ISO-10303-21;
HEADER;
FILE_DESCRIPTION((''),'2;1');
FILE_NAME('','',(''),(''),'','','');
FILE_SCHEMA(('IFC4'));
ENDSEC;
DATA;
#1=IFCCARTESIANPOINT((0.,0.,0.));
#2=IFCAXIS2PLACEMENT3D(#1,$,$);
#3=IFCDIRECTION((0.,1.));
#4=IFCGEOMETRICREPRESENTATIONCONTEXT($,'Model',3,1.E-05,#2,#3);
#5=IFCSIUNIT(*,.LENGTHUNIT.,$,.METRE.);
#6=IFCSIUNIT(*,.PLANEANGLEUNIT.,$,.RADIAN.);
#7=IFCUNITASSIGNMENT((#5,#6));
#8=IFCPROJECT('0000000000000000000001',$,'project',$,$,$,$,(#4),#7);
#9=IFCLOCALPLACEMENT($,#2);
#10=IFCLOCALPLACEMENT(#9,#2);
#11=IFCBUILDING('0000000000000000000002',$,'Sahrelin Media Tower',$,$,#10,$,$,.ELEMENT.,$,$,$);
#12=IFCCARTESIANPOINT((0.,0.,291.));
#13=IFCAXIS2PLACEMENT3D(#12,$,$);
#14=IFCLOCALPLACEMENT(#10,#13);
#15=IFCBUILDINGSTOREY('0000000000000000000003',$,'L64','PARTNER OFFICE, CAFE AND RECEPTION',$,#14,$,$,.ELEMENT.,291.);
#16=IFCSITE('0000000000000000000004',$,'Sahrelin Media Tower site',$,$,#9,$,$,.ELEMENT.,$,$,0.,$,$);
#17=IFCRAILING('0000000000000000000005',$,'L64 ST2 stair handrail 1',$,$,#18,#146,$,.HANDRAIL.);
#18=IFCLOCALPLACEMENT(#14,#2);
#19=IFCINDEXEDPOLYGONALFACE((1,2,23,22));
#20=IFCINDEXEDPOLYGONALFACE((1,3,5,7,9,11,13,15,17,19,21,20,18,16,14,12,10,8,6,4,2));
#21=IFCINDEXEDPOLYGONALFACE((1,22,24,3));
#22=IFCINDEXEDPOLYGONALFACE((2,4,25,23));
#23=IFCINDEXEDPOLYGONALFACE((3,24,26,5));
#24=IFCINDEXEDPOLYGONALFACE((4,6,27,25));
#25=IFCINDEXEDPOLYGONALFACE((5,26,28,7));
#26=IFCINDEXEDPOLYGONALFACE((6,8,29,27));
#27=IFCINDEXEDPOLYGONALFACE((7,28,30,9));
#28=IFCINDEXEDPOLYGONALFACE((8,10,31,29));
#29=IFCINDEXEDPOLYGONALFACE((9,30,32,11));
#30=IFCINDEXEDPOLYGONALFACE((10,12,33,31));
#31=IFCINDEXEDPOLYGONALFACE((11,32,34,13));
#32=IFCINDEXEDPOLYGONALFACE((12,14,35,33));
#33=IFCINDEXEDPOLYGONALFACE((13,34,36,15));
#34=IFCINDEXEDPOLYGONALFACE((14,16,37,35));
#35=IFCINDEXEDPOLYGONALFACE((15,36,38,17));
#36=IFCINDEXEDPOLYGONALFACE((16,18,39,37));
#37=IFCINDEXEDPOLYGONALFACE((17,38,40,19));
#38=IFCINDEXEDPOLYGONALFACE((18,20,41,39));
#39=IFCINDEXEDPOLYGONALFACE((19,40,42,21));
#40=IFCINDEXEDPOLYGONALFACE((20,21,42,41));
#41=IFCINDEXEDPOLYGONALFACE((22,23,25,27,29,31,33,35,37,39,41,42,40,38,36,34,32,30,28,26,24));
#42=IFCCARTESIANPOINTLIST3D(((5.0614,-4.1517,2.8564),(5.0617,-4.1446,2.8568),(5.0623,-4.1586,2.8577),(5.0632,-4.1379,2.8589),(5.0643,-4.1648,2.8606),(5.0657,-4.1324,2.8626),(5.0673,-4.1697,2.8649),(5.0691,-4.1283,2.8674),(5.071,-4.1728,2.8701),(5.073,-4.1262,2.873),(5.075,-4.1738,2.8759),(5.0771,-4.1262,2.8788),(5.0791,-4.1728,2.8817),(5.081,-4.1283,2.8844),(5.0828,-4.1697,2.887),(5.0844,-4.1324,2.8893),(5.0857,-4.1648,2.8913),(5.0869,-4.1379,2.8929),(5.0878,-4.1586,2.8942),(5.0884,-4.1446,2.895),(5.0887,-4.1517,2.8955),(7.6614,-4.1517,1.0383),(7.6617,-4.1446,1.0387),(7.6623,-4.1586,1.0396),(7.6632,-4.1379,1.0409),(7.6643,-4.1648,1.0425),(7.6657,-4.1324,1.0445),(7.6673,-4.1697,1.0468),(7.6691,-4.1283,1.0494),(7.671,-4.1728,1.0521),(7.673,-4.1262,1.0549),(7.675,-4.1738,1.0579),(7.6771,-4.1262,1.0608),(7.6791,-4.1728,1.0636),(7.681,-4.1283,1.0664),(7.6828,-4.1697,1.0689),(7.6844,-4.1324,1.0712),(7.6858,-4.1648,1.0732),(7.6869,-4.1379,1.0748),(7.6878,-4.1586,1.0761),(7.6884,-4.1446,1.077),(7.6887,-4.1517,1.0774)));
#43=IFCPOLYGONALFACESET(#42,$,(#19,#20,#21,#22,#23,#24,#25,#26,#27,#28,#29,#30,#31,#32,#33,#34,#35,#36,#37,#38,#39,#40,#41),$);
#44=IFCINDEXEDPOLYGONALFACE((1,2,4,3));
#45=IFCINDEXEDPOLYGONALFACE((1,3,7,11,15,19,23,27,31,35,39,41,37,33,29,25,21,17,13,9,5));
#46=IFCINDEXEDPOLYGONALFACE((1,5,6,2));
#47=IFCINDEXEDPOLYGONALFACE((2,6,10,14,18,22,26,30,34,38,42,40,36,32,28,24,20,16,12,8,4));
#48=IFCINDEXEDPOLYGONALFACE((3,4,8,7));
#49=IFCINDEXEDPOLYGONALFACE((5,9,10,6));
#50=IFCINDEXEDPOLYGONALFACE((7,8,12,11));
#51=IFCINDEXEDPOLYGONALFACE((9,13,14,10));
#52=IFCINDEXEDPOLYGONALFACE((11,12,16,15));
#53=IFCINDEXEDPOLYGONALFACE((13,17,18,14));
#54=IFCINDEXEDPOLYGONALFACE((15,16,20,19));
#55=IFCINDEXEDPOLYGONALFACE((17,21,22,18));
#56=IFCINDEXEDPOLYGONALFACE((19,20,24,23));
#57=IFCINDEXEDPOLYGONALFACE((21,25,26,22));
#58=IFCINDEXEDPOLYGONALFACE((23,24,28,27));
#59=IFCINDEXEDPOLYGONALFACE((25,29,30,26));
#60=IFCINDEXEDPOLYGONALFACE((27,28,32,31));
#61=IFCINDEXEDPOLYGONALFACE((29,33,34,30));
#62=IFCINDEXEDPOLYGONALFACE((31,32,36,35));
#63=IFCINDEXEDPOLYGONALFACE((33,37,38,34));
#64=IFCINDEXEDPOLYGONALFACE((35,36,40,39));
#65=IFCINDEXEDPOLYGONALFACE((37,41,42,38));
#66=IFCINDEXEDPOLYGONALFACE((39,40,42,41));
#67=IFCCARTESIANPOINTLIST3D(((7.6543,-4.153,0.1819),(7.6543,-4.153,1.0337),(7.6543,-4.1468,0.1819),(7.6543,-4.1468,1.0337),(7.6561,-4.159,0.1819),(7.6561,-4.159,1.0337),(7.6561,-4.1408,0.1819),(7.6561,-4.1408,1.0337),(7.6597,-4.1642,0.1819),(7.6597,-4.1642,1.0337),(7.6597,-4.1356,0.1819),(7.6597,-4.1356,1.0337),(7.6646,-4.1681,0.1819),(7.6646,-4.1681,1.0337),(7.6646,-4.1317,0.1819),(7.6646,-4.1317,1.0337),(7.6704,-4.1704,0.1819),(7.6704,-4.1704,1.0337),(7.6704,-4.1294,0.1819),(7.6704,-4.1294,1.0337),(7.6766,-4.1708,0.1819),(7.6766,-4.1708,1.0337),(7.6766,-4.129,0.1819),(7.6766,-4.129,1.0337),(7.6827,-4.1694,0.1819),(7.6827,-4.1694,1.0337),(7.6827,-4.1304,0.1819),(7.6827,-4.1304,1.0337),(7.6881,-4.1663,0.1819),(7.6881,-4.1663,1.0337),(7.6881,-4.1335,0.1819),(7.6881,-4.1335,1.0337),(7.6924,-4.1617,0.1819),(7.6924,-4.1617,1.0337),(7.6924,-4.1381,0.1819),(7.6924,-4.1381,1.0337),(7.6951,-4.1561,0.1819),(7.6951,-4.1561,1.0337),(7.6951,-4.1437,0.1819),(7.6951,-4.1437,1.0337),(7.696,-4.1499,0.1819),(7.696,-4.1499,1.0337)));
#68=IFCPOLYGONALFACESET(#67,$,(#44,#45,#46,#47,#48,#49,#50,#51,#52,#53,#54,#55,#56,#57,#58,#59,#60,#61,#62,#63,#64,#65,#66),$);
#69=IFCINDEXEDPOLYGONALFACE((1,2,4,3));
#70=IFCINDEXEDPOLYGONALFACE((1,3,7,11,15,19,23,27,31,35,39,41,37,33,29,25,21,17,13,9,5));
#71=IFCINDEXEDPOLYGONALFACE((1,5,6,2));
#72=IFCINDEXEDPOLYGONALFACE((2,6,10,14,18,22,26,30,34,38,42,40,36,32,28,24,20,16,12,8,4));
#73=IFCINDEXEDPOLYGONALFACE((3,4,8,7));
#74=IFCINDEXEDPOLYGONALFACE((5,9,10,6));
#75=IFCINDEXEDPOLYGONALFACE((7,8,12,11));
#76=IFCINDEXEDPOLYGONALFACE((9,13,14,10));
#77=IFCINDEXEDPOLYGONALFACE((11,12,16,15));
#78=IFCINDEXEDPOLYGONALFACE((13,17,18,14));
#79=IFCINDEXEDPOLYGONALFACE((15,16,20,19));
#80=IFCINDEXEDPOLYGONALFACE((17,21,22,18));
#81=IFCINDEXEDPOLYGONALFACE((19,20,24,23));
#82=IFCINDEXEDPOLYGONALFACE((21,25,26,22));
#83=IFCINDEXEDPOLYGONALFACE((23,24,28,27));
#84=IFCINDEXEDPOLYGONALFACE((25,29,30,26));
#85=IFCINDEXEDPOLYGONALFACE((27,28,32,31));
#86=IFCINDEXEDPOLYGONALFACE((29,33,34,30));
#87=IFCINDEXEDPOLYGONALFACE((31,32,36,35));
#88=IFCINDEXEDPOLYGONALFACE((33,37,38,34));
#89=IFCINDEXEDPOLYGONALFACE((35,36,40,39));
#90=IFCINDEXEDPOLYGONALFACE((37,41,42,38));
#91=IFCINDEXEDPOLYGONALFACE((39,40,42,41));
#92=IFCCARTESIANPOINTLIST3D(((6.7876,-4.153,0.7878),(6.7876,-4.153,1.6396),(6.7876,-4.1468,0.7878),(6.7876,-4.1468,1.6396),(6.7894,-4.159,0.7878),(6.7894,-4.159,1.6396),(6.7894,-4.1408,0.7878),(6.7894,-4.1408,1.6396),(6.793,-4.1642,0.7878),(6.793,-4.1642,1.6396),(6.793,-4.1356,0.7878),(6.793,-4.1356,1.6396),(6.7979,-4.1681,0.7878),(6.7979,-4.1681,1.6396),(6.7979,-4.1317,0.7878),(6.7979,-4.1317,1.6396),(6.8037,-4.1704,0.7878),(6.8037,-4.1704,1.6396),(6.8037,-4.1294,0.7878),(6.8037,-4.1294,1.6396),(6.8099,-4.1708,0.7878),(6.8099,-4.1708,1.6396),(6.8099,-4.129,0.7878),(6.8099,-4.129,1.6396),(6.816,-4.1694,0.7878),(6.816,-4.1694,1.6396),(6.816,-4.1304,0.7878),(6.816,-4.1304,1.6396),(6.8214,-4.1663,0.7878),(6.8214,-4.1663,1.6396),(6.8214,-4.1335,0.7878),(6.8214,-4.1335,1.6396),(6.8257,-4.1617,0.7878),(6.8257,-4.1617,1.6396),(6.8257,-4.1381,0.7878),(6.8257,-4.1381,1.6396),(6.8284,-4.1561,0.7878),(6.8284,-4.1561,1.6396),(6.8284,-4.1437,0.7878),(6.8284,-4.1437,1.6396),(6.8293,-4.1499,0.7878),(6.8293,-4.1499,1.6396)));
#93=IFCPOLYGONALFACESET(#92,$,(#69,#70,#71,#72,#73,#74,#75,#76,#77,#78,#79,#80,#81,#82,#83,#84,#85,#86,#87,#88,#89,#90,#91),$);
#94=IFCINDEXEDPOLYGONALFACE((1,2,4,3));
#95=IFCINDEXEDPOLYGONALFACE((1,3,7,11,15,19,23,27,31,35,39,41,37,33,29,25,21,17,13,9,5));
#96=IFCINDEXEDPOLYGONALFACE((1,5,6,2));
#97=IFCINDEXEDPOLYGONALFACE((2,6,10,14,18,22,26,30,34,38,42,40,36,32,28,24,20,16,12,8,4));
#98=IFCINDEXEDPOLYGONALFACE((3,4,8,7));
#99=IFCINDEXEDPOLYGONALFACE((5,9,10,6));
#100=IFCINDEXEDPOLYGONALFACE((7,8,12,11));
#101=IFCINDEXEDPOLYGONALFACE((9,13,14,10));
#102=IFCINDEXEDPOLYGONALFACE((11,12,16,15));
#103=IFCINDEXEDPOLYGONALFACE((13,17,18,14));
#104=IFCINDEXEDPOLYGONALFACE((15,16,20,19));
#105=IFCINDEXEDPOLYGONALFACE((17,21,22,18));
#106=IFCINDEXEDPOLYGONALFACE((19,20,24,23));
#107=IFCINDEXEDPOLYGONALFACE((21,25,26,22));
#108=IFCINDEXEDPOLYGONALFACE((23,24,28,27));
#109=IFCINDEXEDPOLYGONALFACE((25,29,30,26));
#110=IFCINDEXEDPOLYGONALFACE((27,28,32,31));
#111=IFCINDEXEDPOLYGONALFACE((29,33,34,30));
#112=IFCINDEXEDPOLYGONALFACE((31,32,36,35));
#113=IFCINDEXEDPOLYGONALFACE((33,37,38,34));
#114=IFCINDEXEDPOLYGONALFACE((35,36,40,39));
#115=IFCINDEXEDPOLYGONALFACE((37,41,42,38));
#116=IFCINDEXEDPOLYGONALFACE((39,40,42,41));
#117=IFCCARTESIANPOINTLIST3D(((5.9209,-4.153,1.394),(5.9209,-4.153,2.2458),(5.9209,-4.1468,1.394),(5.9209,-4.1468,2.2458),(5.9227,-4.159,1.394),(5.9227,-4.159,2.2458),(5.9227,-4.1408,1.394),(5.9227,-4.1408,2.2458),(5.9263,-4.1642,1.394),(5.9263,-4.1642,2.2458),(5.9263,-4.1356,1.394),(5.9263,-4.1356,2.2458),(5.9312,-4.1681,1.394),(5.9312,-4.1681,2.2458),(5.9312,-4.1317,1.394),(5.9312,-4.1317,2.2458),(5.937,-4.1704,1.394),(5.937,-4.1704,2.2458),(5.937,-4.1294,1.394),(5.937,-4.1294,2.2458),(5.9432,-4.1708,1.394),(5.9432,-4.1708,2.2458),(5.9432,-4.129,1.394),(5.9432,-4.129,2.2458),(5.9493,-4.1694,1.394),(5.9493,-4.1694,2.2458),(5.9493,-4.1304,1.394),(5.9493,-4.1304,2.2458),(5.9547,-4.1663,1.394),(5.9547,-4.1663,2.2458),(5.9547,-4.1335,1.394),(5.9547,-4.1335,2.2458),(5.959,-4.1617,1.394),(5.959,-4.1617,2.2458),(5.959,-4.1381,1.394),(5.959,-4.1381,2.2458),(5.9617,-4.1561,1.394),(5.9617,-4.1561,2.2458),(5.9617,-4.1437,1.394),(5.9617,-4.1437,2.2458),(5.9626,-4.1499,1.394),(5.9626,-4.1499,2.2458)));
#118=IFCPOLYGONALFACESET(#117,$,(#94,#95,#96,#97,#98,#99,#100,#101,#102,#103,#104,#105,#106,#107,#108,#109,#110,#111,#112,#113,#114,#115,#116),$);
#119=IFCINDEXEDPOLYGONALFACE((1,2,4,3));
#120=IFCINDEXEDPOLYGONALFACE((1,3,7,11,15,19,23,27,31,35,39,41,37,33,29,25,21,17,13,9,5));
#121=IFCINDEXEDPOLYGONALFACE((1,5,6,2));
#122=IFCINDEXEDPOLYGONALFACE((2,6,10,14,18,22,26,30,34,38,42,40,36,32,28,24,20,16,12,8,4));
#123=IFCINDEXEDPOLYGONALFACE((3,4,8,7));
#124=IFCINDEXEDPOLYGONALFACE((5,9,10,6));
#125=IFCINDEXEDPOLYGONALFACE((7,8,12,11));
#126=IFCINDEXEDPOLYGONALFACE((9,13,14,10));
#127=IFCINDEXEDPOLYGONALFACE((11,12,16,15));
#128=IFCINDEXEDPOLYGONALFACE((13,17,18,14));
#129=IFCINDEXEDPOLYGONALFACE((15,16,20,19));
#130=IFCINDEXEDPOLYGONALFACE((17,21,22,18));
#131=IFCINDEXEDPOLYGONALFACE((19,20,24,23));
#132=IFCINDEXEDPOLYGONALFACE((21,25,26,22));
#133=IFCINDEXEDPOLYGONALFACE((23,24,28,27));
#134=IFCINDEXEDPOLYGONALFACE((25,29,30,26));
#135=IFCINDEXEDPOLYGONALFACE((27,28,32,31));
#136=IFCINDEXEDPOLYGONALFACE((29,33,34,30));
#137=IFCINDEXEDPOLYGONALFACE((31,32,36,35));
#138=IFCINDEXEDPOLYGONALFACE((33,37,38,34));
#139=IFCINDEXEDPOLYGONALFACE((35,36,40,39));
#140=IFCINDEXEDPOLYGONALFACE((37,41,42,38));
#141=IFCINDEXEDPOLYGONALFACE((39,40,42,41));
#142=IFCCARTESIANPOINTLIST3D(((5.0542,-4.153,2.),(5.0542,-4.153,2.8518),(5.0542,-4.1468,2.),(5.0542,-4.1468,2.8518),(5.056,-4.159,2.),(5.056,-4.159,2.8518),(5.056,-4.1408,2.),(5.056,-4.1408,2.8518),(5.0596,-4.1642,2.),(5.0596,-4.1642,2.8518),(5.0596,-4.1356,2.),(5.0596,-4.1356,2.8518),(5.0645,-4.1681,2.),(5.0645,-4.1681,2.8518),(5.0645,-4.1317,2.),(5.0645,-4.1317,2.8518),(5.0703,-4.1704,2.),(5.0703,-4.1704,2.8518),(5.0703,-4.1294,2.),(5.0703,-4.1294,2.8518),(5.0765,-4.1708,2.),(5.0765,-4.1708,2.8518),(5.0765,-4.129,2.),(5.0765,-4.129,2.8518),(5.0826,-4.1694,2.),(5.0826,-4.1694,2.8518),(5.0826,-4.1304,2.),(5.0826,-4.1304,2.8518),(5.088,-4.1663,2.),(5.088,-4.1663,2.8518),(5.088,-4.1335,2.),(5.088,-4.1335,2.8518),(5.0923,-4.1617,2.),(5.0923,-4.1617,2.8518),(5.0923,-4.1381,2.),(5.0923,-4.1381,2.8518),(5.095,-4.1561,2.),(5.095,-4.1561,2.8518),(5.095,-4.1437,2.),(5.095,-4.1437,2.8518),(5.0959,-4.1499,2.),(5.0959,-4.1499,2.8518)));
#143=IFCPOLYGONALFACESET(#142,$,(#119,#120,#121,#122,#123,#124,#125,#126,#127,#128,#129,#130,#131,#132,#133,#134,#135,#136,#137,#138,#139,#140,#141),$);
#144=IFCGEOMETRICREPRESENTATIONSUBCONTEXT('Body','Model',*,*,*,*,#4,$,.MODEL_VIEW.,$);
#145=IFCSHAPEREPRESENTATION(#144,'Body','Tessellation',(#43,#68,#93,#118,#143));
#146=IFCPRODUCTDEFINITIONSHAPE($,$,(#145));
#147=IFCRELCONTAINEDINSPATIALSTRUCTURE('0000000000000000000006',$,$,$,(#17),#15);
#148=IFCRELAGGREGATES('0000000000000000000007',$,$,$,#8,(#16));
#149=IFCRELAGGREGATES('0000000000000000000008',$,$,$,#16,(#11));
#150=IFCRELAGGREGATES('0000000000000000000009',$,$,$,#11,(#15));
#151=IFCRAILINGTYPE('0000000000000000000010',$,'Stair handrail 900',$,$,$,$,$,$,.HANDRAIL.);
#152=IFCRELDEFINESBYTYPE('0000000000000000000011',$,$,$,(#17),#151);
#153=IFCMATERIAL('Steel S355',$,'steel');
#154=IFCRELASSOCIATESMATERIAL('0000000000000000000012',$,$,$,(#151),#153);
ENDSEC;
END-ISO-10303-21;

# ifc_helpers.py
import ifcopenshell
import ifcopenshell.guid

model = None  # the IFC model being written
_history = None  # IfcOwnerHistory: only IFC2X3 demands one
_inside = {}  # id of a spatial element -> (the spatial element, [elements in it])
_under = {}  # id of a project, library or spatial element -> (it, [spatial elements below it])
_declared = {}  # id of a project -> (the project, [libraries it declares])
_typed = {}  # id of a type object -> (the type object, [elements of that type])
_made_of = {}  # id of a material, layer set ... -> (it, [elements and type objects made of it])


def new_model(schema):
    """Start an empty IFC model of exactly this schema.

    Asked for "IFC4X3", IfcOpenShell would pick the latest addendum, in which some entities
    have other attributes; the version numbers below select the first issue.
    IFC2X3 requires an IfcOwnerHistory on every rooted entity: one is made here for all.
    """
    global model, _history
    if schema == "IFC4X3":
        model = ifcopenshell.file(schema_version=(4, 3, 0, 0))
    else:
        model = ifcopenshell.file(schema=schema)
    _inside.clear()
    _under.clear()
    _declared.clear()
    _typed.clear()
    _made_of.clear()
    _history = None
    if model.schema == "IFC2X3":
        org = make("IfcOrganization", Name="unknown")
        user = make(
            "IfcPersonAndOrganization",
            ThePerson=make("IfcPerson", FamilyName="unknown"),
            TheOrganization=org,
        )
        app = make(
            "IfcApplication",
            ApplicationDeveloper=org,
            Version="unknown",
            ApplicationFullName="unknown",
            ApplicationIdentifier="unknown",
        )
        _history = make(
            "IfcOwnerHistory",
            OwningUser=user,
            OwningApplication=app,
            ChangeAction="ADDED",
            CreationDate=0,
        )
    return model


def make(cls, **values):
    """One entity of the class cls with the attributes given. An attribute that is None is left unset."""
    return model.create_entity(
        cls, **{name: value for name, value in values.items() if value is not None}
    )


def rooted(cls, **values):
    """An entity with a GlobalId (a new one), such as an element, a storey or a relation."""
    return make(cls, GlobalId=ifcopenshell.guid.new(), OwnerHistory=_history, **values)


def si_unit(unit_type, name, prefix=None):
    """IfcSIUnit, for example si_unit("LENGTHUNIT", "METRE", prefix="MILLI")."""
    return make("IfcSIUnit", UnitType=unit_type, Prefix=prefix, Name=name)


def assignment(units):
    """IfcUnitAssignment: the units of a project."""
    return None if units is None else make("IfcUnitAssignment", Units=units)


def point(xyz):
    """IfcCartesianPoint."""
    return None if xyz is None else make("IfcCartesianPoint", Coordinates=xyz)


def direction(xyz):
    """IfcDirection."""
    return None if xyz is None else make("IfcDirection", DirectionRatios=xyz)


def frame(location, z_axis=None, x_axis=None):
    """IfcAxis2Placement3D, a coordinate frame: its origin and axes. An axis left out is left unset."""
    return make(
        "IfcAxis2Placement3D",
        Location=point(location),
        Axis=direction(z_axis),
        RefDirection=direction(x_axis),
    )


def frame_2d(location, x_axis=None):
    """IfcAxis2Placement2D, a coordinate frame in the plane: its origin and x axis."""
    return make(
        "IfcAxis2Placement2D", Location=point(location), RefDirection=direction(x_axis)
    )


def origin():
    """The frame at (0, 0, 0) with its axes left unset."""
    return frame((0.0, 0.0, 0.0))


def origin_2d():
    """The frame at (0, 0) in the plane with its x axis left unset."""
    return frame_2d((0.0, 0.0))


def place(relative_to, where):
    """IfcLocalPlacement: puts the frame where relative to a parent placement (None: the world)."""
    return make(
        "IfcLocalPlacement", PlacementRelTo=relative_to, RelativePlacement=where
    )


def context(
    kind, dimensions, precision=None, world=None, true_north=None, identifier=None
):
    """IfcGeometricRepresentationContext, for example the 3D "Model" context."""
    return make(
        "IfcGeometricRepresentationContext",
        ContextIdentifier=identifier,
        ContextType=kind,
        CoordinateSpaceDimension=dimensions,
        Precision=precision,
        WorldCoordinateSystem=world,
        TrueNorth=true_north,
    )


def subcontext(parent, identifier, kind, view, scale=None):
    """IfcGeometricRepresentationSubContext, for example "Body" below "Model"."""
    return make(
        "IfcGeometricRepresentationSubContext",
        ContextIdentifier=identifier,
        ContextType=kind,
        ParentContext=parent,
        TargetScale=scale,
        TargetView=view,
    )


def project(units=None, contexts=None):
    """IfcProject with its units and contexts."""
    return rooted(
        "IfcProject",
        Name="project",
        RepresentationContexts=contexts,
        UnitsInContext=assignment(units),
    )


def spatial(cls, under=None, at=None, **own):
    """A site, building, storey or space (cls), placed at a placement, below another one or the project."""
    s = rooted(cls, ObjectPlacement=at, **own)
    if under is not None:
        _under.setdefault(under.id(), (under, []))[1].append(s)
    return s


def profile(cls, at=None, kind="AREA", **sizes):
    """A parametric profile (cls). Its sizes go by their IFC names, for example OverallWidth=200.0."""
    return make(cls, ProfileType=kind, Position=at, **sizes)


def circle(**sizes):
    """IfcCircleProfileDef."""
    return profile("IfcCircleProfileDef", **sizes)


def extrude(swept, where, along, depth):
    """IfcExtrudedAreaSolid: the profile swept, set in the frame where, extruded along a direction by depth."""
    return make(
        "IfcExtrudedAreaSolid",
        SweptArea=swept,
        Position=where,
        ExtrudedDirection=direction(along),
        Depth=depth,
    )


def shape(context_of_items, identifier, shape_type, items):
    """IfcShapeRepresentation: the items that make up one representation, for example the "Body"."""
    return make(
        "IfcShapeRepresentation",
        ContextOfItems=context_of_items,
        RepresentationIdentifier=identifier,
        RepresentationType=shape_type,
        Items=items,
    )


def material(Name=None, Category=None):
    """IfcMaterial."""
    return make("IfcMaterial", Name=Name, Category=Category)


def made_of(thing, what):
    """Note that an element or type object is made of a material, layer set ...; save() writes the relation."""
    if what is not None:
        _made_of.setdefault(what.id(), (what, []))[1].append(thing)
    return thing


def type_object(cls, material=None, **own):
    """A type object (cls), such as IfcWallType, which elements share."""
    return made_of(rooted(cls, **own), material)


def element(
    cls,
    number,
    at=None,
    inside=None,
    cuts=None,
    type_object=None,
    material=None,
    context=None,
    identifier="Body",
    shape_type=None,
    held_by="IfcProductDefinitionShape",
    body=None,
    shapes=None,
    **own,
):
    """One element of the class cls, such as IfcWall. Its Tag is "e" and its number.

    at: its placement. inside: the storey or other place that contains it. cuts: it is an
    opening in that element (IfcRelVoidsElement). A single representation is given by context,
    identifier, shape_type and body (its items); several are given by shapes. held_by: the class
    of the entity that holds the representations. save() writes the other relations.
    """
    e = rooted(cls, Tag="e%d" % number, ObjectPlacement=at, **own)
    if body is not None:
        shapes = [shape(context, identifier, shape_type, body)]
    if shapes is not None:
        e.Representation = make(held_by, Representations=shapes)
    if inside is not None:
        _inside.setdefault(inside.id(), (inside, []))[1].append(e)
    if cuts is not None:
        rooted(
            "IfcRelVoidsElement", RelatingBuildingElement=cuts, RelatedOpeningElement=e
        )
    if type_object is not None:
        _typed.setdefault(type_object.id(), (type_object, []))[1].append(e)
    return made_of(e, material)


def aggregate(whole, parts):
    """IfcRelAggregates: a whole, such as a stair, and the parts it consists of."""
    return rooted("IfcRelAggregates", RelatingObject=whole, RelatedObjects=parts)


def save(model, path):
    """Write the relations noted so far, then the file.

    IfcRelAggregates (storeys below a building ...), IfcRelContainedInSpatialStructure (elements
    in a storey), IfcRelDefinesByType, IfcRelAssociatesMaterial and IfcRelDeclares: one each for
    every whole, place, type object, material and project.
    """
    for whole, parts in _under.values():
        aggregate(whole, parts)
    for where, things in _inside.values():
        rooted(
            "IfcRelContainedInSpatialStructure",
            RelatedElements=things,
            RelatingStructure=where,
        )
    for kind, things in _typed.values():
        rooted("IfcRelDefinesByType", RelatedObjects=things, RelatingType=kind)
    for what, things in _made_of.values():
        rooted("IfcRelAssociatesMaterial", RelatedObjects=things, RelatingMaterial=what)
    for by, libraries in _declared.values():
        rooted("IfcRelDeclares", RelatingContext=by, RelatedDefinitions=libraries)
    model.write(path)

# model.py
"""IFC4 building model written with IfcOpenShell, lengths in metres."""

from ifc_helpers import new_model, si_unit, direction, frame, origin, origin_2d, place, context, subcontext, project, spatial, circle, extrude, material, type_object, element, save


model = new_model("IFC4")

# Units and contexts
model_context = context("Model", 3, precision=1e-05, world=origin(), true_north=direction((0.0, 1.0)))
body_context = subcontext(model_context, "Body", "Model", "MODEL_VIEW")
ifc_project = project(units=[si_unit("LENGTHUNIT", "METRE"), si_unit("PLANEANGLEUNIT", "RADIAN")], contexts=[model_context])

# Site, building, storey
site_placement = place(None, origin())
site = spatial("IfcSite", under=ifc_project, at=site_placement, Name="Sahrelin Media Tower site", CompositionType="ELEMENT", RefElevation=0.0)
building_placement = place(site_placement, origin())
building = spatial("IfcBuilding", under=site, at=building_placement, Name="Sahrelin Media Tower", CompositionType="ELEMENT")
storey_placement = place(building_placement, frame((0.0, 0.0, 291.0)))
storey = spatial("IfcBuildingStorey", under=building, at=storey_placement, Name="L64", Description="PARTNER OFFICE, CAFE AND RECEPTION", CompositionType="ELEMENT", Elevation=291.0)

# Railing
ifc_material_1 = material(Name="Steel S355", Category="steel")
railing_type_1 = type_object("IfcRailingType", Name="Stair handrail 900", PredefinedType="HANDRAIL", material=ifc_material_1)
railing_1_placement = place(storey_placement, frame((7.675, -4.1499, 0.1819)))
element("IfcRailing", 1, at=railing_1_placement, inside=storey, type_object=railing_type_1, Name="L64 ST2 stair handrail 1", PredefinedType="HANDRAIL", context=body_context, shape_type="SweptSolid", body=[
    extrude(circle(Radius=0.0239, at=origin_2d()), frame((0.0, 0.0, 0.876), z_axis=(-0.819521, 0.0, 0.573049), x_axis=(0.0, -1.0, 0.0)), (0.0, 0.0, 1.0), 3.1726),
    extrude(circle(Radius=0.021, at=origin_2d()), origin(), (0.0, 0.0, 1.0), 0.8518),
    extrude(circle(Radius=0.021, at=origin_2d()), frame((-0.8667, 0.0, 0.606)), (0.0, 0.0, 1.0), 0.8518),
    extrude(circle(Radius=0.021, at=origin_2d()), frame((-1.7334, 0.0, 1.2122)), (0.0, 0.0, 1.0), 0.8518),
    extrude(circle(Radius=0.021, at=origin_2d()), frame((-2.6001, 0.0, 1.8181)), (0.0, 0.0, 1.0), 0.8518),
])

save(model, "model.ifc")
